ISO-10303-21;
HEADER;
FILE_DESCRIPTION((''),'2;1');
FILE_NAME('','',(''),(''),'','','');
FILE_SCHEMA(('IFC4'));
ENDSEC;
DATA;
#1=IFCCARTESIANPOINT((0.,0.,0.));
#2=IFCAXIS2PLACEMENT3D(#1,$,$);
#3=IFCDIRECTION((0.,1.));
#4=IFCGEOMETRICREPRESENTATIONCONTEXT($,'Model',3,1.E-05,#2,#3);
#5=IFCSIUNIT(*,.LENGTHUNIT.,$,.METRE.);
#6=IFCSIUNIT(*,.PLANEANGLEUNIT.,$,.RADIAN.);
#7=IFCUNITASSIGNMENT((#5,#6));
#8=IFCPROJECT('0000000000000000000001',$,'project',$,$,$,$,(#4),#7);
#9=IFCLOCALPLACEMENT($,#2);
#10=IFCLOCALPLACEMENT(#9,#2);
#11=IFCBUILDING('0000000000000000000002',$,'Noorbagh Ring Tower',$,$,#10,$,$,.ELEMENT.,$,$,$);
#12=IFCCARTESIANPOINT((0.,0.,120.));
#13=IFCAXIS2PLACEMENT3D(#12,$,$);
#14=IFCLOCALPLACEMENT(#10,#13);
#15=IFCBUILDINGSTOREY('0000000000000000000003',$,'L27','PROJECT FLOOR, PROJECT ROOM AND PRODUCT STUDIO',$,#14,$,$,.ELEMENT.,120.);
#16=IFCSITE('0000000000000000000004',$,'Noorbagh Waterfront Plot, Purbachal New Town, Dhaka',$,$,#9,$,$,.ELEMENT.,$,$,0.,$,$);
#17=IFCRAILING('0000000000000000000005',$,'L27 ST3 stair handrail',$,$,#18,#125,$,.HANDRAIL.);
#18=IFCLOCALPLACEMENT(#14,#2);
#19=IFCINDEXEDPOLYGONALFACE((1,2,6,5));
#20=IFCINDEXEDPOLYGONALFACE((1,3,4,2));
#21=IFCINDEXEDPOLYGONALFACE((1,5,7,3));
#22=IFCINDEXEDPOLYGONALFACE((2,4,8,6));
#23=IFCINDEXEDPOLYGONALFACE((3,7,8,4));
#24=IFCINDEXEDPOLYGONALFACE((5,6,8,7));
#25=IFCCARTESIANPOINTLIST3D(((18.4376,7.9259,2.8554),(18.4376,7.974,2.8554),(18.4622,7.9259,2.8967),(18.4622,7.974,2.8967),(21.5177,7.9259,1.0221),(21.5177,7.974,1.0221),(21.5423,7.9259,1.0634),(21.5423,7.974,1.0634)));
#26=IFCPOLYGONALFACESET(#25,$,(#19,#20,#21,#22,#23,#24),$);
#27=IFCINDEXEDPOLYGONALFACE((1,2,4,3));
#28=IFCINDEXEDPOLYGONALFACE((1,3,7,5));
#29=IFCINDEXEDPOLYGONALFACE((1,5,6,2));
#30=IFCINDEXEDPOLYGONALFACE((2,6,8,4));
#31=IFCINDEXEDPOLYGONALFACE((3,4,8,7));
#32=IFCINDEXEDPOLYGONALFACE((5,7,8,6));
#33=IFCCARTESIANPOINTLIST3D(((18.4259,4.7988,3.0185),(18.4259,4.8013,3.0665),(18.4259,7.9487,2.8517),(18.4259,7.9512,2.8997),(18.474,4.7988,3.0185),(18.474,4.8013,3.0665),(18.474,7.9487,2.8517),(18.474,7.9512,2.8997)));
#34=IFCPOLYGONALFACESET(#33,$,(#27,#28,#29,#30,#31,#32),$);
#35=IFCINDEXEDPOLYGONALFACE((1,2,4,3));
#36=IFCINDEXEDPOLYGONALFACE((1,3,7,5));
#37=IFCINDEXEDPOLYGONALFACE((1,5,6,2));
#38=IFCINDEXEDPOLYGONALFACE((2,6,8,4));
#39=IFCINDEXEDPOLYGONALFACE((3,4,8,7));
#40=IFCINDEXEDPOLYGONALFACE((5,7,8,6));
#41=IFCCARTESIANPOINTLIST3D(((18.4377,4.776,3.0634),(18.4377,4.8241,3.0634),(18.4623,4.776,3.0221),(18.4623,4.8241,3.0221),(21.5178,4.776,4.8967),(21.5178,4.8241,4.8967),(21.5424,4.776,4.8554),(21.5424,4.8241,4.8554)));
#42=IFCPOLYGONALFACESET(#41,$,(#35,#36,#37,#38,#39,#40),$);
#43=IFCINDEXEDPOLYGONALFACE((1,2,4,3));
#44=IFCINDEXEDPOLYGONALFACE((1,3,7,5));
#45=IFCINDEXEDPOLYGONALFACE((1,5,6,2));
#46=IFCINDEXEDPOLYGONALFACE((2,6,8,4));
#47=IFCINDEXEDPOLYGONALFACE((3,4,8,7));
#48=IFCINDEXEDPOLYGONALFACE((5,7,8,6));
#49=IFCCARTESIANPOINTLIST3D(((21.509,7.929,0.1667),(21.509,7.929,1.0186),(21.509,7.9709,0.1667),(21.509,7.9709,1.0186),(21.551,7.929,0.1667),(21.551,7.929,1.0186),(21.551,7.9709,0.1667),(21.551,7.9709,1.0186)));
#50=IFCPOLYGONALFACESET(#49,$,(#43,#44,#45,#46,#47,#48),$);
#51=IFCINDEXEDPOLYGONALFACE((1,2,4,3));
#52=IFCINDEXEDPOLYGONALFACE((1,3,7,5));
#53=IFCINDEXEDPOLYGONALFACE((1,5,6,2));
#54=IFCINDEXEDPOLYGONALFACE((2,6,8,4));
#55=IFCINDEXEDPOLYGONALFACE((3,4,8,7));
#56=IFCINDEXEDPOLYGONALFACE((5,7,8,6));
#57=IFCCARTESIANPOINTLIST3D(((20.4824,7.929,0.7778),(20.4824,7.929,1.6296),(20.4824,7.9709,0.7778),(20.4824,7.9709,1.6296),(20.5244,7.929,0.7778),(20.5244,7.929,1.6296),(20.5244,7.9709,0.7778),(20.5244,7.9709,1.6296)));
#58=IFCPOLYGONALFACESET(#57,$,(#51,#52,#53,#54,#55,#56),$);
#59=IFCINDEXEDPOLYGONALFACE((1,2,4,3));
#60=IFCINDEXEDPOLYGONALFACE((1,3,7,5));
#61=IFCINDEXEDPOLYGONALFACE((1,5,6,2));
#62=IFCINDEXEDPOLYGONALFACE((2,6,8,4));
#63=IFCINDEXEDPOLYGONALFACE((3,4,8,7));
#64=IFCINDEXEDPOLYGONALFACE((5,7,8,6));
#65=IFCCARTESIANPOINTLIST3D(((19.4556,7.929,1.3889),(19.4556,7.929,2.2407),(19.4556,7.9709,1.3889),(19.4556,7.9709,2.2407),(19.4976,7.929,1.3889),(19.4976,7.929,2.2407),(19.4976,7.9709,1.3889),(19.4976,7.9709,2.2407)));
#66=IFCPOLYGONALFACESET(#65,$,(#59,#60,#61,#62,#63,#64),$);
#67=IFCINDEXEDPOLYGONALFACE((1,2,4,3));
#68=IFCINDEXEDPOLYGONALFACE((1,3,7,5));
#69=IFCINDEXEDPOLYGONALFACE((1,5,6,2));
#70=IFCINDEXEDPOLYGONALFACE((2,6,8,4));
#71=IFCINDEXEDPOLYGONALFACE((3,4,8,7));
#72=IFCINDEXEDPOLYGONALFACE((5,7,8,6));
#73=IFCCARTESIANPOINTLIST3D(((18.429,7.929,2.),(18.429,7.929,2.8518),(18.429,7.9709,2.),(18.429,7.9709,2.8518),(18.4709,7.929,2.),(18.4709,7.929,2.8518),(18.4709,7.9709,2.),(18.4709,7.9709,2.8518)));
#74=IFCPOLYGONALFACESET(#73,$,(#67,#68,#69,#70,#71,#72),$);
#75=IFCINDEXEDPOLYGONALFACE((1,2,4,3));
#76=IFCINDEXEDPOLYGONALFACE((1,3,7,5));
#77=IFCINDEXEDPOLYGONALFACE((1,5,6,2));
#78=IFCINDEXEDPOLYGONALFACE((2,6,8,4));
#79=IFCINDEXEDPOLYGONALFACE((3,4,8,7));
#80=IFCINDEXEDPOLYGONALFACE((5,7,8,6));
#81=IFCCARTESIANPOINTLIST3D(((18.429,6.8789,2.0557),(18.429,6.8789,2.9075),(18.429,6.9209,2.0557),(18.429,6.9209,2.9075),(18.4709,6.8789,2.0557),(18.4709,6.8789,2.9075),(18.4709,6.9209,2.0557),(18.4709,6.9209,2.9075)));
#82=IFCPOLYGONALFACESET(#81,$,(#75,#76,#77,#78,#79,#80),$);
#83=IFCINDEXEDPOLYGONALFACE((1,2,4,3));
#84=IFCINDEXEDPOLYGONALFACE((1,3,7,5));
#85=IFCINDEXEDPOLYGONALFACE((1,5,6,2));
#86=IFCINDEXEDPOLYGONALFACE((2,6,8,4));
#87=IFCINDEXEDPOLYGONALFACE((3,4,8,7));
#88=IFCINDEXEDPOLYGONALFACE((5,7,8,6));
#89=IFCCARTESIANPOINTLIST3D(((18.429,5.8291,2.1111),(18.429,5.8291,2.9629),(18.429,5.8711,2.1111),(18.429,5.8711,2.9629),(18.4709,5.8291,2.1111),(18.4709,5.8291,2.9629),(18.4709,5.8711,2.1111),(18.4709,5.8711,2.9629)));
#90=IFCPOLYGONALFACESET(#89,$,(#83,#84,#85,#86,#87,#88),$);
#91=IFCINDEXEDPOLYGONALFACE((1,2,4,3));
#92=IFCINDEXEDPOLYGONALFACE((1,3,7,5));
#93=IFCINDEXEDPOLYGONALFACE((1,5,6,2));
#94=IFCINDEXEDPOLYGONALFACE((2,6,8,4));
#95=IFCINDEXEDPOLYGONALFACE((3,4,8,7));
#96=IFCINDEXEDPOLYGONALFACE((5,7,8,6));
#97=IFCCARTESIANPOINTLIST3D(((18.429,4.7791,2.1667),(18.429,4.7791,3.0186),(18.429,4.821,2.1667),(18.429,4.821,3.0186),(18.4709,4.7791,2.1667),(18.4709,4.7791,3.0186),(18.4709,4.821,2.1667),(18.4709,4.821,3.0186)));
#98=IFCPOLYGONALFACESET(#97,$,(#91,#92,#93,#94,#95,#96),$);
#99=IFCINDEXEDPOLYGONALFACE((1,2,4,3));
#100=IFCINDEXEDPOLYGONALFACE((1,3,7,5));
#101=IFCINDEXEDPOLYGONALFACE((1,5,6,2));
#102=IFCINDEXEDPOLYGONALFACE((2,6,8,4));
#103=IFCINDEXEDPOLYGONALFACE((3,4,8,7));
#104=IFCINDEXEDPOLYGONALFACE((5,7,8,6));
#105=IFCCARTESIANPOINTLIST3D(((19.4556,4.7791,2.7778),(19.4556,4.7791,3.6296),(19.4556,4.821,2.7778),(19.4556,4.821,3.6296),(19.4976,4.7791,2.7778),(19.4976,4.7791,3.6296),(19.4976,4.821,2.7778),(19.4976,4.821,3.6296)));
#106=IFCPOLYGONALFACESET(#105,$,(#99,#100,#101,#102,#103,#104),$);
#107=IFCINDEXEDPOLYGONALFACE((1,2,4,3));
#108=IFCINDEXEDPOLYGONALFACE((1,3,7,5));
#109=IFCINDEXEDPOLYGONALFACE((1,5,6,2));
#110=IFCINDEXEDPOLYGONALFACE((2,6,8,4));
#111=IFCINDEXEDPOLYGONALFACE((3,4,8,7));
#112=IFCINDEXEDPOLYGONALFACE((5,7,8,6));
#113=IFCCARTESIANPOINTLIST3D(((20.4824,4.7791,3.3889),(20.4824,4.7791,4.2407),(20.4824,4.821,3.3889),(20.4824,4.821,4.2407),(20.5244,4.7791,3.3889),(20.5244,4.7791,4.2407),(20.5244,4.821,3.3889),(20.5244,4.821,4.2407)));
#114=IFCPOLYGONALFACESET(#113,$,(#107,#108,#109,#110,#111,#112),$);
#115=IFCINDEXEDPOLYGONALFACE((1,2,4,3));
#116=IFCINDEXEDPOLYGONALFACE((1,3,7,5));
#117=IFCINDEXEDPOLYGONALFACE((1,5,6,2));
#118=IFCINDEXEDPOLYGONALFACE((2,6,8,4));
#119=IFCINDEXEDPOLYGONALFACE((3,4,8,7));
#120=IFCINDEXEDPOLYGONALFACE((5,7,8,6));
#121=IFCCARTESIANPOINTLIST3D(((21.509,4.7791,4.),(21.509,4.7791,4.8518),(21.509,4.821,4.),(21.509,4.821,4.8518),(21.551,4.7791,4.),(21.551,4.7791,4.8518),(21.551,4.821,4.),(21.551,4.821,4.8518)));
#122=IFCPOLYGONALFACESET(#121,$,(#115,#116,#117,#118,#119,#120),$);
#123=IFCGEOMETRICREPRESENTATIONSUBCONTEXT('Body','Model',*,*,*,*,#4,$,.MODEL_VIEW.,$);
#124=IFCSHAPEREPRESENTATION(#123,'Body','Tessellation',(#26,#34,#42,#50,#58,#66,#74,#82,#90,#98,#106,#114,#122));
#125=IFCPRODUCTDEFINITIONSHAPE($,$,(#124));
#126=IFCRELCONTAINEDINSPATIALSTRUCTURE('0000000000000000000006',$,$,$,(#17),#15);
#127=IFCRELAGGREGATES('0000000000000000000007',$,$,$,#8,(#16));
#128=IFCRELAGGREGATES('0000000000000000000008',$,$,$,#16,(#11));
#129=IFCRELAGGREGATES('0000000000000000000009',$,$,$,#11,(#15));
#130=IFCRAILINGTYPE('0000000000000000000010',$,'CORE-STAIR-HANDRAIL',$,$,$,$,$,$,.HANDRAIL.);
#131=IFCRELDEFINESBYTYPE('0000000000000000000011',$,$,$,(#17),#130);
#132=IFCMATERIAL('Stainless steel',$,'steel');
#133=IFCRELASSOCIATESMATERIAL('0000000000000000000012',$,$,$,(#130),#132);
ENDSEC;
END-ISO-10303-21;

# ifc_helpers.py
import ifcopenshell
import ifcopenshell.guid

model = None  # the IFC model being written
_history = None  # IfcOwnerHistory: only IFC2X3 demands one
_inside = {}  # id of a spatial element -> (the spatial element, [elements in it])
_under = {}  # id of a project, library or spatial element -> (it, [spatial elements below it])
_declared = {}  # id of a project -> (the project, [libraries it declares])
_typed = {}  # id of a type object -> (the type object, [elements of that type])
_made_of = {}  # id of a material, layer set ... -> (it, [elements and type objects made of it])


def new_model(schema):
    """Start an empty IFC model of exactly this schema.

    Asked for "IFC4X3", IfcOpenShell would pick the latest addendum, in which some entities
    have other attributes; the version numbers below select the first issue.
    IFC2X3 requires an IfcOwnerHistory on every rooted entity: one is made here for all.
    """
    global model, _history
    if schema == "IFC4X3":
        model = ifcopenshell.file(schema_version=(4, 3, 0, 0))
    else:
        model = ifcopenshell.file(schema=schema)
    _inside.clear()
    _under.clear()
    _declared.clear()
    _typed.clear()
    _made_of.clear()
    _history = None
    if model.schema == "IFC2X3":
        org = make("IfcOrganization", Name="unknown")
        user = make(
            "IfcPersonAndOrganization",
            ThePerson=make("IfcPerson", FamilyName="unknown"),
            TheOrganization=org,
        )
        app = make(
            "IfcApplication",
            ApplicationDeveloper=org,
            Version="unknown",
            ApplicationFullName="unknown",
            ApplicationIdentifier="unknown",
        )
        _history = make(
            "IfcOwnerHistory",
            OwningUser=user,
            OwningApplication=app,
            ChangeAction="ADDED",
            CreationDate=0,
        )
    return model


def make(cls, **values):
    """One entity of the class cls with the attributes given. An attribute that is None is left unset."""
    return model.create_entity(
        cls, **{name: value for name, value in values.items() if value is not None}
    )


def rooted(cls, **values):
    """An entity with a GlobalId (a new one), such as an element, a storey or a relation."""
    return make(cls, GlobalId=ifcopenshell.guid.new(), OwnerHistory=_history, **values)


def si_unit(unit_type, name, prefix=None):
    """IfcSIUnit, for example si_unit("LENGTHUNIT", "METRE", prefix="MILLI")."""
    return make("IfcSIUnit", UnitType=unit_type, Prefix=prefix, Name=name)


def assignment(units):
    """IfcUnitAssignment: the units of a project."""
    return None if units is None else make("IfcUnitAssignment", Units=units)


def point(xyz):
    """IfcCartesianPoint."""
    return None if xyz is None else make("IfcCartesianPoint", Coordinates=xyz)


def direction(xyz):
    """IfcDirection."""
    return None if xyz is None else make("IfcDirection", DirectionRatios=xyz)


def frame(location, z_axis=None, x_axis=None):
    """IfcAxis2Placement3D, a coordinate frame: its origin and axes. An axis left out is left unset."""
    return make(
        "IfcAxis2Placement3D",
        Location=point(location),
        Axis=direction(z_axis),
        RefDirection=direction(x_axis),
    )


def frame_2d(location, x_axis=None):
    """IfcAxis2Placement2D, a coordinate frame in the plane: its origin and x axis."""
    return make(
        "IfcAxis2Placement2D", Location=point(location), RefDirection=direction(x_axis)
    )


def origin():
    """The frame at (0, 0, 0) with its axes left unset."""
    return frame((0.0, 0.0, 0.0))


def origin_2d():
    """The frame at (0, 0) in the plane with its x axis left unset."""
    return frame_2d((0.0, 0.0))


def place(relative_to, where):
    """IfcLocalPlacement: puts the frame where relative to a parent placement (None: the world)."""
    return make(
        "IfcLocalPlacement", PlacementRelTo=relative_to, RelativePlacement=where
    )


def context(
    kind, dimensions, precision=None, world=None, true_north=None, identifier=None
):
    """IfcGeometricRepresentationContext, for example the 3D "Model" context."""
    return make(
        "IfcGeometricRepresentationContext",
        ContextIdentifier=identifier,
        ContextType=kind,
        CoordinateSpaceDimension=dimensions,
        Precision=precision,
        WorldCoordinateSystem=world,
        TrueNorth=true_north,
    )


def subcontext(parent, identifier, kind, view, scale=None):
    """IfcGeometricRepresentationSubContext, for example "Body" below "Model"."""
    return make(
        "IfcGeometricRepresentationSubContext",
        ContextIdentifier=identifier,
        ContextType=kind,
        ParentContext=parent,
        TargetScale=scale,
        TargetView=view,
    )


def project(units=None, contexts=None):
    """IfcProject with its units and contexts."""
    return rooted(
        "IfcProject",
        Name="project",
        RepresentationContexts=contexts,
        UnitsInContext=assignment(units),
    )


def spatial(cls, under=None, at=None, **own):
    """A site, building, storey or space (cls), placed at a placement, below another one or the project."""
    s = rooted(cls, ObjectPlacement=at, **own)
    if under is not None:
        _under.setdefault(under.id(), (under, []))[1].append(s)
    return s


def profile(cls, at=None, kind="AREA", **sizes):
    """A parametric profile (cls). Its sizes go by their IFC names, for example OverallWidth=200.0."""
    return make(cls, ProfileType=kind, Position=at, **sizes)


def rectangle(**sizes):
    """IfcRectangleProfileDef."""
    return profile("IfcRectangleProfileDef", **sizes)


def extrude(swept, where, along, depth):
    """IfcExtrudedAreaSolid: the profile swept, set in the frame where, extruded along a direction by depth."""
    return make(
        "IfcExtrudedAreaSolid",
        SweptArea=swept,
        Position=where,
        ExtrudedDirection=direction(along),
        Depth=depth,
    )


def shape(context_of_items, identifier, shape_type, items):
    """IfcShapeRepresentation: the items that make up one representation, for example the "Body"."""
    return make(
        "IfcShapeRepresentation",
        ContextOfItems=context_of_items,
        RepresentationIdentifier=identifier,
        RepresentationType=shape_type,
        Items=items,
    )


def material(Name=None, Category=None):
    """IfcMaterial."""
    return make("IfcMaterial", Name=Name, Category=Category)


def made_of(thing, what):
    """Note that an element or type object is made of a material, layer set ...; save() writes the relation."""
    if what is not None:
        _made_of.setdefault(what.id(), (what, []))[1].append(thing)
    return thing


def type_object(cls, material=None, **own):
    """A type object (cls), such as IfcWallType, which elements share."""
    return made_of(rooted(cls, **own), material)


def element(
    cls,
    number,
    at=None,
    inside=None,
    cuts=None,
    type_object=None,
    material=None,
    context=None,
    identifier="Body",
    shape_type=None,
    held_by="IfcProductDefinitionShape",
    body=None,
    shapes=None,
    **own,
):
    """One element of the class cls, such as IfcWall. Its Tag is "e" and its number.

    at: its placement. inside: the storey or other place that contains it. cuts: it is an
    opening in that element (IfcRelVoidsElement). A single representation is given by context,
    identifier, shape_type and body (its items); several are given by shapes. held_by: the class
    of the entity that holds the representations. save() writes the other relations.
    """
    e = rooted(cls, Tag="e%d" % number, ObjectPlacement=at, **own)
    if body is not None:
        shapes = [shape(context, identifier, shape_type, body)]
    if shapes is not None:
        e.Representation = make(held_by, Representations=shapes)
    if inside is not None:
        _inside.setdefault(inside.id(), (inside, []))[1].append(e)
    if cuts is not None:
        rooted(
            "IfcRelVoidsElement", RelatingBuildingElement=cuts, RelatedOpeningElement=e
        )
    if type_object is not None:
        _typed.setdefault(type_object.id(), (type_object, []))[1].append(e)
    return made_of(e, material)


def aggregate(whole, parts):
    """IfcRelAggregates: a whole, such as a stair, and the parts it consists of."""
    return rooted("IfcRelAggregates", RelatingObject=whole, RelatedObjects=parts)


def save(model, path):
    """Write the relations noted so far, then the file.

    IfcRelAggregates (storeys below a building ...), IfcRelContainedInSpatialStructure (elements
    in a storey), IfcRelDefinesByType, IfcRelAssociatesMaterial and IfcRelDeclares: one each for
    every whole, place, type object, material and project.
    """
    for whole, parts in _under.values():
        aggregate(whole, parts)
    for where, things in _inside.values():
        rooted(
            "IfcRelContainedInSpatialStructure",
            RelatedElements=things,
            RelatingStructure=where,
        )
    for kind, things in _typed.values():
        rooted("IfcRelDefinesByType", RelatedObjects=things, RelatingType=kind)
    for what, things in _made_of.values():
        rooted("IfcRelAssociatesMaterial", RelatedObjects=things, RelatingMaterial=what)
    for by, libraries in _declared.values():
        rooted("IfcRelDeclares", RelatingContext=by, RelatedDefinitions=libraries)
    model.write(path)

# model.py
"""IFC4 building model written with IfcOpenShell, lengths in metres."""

from ifc_helpers import new_model, si_unit, direction, frame, origin, origin_2d, place, context, subcontext, project, spatial, rectangle, extrude, material, type_object, element, save


model = new_model("IFC4")

# Units and contexts
model_context = context("Model", 3, precision=1e-05, world=origin(), true_north=direction((0.0, 1.0)))
body_context = subcontext(model_context, "Body", "Model", "MODEL_VIEW")
ifc_project = project(units=[si_unit("LENGTHUNIT", "METRE"), si_unit("PLANEANGLEUNIT", "RADIAN")], contexts=[model_context])

# Site, building, storey
site_placement = place(None, origin())
site = spatial("IfcSite", under=ifc_project, at=site_placement, Name="Noorbagh Waterfront Plot, Purbachal New Town, Dhaka", CompositionType="ELEMENT", RefElevation=0.0)
building_placement = place(site_placement, origin())
building = spatial("IfcBuilding", under=site, at=building_placement, Name="Noorbagh Ring Tower", CompositionType="ELEMENT")
storey_placement = place(building_placement, frame((0.0, 0.0, 120.0)))
storey = spatial("IfcBuildingStorey", under=building, at=storey_placement, Name="L27", Description="PROJECT FLOOR, PROJECT ROOM AND PRODUCT STUDIO", CompositionType="ELEMENT", Elevation=120.0)

# Railing
ifc_material_1 = material(Name="Stainless steel", Category="steel")
railing_type_1 = type_object("IfcRailingType", Name="CORE-STAIR-HANDRAIL", PredefinedType="HANDRAIL", material=ifc_material_1)
railing_1_placement = place(storey_placement, frame((21.53, 7.95, 0.1667)))
element("IfcRailing", 1, at=railing_1_placement, inside=storey, type_object=railing_type_1, Name="L27 ST3 stair handrail", PredefinedType="HANDRAIL", context=body_context, shape_type="SweptSolid", body=[
    extrude(rectangle(XDim=0.0481, YDim=0.0481, at=origin_2d()), frame((0.0, 0.0, 0.876), z_axis=(-0.859309, 0.0, 0.511458), x_axis=(0.0, -1.0, 0.0)), (0.0, 0.0, 1.0), 3.5845),
    extrude(rectangle(XDim=0.0481, YDim=0.0481, at=origin_2d()), frame((-3.0801, 0.0, 2.709), z_axis=(0.0, -0.998602, 0.052864), x_axis=(1.0, 0.0, 0.0)), (0.0, 0.0, 1.0), 3.1543),
    extrude(rectangle(XDim=0.0481, YDim=0.0481, at=origin_2d()), frame((-3.0801, -3.1499, 2.876), z_axis=(0.859309, 0.0, 0.511458), x_axis=(0.0, 1.0, 0.0)), (0.0, 0.0, 1.0), 3.5845),
    extrude(rectangle(XDim=0.042, YDim=0.042, at=origin_2d()), origin(), (0.0, 0.0, 1.0), 0.8518),
    extrude(rectangle(XDim=0.042, YDim=0.042, at=origin_2d()), frame((-1.0266, 0.0, 0.6111)), (0.0, 0.0, 1.0), 0.8518),
    extrude(rectangle(XDim=0.042, YDim=0.042, at=origin_2d()), frame((-2.0535, 0.0, 1.2222)), (0.0, 0.0, 1.0), 0.8518),
    extrude(rectangle(XDim=0.042, YDim=0.042, at=origin_2d()), frame((-3.0801, 0.0, 1.8333)), (0.0, 0.0, 1.0), 0.8518),
    extrude(rectangle(XDim=0.042, YDim=0.042, at=origin_2d()), frame((-3.0801, -1.05, 1.8889)), (0.0, 0.0, 1.0), 0.8518),
    extrude(rectangle(XDim=0.042, YDim=0.042, at=origin_2d()), frame((-3.0801, -2.0999, 1.9443)), (0.0, 0.0, 1.0), 0.8518),
    extrude(rectangle(XDim=0.042, YDim=0.042, at=origin_2d()), frame((-3.0801, -3.1499, 2.0)), (0.0, 0.0, 1.0), 0.8518),
    extrude(rectangle(XDim=0.042, YDim=0.042, at=origin_2d()), frame((-2.0535, -3.1499, 2.6111)), (0.0, 0.0, 1.0), 0.8518),
    extrude(rectangle(XDim=0.042, YDim=0.042, at=origin_2d()), frame((-1.0266, -3.1499, 3.2222)), (0.0, 0.0, 1.0), 0.8518),
    extrude(rectangle(XDim=0.042, YDim=0.042, at=origin_2d()), frame((0.0, -3.1499, 3.8333)), (0.0, 0.0, 1.0), 0.8518),
])

save(model, "model.ifc")
